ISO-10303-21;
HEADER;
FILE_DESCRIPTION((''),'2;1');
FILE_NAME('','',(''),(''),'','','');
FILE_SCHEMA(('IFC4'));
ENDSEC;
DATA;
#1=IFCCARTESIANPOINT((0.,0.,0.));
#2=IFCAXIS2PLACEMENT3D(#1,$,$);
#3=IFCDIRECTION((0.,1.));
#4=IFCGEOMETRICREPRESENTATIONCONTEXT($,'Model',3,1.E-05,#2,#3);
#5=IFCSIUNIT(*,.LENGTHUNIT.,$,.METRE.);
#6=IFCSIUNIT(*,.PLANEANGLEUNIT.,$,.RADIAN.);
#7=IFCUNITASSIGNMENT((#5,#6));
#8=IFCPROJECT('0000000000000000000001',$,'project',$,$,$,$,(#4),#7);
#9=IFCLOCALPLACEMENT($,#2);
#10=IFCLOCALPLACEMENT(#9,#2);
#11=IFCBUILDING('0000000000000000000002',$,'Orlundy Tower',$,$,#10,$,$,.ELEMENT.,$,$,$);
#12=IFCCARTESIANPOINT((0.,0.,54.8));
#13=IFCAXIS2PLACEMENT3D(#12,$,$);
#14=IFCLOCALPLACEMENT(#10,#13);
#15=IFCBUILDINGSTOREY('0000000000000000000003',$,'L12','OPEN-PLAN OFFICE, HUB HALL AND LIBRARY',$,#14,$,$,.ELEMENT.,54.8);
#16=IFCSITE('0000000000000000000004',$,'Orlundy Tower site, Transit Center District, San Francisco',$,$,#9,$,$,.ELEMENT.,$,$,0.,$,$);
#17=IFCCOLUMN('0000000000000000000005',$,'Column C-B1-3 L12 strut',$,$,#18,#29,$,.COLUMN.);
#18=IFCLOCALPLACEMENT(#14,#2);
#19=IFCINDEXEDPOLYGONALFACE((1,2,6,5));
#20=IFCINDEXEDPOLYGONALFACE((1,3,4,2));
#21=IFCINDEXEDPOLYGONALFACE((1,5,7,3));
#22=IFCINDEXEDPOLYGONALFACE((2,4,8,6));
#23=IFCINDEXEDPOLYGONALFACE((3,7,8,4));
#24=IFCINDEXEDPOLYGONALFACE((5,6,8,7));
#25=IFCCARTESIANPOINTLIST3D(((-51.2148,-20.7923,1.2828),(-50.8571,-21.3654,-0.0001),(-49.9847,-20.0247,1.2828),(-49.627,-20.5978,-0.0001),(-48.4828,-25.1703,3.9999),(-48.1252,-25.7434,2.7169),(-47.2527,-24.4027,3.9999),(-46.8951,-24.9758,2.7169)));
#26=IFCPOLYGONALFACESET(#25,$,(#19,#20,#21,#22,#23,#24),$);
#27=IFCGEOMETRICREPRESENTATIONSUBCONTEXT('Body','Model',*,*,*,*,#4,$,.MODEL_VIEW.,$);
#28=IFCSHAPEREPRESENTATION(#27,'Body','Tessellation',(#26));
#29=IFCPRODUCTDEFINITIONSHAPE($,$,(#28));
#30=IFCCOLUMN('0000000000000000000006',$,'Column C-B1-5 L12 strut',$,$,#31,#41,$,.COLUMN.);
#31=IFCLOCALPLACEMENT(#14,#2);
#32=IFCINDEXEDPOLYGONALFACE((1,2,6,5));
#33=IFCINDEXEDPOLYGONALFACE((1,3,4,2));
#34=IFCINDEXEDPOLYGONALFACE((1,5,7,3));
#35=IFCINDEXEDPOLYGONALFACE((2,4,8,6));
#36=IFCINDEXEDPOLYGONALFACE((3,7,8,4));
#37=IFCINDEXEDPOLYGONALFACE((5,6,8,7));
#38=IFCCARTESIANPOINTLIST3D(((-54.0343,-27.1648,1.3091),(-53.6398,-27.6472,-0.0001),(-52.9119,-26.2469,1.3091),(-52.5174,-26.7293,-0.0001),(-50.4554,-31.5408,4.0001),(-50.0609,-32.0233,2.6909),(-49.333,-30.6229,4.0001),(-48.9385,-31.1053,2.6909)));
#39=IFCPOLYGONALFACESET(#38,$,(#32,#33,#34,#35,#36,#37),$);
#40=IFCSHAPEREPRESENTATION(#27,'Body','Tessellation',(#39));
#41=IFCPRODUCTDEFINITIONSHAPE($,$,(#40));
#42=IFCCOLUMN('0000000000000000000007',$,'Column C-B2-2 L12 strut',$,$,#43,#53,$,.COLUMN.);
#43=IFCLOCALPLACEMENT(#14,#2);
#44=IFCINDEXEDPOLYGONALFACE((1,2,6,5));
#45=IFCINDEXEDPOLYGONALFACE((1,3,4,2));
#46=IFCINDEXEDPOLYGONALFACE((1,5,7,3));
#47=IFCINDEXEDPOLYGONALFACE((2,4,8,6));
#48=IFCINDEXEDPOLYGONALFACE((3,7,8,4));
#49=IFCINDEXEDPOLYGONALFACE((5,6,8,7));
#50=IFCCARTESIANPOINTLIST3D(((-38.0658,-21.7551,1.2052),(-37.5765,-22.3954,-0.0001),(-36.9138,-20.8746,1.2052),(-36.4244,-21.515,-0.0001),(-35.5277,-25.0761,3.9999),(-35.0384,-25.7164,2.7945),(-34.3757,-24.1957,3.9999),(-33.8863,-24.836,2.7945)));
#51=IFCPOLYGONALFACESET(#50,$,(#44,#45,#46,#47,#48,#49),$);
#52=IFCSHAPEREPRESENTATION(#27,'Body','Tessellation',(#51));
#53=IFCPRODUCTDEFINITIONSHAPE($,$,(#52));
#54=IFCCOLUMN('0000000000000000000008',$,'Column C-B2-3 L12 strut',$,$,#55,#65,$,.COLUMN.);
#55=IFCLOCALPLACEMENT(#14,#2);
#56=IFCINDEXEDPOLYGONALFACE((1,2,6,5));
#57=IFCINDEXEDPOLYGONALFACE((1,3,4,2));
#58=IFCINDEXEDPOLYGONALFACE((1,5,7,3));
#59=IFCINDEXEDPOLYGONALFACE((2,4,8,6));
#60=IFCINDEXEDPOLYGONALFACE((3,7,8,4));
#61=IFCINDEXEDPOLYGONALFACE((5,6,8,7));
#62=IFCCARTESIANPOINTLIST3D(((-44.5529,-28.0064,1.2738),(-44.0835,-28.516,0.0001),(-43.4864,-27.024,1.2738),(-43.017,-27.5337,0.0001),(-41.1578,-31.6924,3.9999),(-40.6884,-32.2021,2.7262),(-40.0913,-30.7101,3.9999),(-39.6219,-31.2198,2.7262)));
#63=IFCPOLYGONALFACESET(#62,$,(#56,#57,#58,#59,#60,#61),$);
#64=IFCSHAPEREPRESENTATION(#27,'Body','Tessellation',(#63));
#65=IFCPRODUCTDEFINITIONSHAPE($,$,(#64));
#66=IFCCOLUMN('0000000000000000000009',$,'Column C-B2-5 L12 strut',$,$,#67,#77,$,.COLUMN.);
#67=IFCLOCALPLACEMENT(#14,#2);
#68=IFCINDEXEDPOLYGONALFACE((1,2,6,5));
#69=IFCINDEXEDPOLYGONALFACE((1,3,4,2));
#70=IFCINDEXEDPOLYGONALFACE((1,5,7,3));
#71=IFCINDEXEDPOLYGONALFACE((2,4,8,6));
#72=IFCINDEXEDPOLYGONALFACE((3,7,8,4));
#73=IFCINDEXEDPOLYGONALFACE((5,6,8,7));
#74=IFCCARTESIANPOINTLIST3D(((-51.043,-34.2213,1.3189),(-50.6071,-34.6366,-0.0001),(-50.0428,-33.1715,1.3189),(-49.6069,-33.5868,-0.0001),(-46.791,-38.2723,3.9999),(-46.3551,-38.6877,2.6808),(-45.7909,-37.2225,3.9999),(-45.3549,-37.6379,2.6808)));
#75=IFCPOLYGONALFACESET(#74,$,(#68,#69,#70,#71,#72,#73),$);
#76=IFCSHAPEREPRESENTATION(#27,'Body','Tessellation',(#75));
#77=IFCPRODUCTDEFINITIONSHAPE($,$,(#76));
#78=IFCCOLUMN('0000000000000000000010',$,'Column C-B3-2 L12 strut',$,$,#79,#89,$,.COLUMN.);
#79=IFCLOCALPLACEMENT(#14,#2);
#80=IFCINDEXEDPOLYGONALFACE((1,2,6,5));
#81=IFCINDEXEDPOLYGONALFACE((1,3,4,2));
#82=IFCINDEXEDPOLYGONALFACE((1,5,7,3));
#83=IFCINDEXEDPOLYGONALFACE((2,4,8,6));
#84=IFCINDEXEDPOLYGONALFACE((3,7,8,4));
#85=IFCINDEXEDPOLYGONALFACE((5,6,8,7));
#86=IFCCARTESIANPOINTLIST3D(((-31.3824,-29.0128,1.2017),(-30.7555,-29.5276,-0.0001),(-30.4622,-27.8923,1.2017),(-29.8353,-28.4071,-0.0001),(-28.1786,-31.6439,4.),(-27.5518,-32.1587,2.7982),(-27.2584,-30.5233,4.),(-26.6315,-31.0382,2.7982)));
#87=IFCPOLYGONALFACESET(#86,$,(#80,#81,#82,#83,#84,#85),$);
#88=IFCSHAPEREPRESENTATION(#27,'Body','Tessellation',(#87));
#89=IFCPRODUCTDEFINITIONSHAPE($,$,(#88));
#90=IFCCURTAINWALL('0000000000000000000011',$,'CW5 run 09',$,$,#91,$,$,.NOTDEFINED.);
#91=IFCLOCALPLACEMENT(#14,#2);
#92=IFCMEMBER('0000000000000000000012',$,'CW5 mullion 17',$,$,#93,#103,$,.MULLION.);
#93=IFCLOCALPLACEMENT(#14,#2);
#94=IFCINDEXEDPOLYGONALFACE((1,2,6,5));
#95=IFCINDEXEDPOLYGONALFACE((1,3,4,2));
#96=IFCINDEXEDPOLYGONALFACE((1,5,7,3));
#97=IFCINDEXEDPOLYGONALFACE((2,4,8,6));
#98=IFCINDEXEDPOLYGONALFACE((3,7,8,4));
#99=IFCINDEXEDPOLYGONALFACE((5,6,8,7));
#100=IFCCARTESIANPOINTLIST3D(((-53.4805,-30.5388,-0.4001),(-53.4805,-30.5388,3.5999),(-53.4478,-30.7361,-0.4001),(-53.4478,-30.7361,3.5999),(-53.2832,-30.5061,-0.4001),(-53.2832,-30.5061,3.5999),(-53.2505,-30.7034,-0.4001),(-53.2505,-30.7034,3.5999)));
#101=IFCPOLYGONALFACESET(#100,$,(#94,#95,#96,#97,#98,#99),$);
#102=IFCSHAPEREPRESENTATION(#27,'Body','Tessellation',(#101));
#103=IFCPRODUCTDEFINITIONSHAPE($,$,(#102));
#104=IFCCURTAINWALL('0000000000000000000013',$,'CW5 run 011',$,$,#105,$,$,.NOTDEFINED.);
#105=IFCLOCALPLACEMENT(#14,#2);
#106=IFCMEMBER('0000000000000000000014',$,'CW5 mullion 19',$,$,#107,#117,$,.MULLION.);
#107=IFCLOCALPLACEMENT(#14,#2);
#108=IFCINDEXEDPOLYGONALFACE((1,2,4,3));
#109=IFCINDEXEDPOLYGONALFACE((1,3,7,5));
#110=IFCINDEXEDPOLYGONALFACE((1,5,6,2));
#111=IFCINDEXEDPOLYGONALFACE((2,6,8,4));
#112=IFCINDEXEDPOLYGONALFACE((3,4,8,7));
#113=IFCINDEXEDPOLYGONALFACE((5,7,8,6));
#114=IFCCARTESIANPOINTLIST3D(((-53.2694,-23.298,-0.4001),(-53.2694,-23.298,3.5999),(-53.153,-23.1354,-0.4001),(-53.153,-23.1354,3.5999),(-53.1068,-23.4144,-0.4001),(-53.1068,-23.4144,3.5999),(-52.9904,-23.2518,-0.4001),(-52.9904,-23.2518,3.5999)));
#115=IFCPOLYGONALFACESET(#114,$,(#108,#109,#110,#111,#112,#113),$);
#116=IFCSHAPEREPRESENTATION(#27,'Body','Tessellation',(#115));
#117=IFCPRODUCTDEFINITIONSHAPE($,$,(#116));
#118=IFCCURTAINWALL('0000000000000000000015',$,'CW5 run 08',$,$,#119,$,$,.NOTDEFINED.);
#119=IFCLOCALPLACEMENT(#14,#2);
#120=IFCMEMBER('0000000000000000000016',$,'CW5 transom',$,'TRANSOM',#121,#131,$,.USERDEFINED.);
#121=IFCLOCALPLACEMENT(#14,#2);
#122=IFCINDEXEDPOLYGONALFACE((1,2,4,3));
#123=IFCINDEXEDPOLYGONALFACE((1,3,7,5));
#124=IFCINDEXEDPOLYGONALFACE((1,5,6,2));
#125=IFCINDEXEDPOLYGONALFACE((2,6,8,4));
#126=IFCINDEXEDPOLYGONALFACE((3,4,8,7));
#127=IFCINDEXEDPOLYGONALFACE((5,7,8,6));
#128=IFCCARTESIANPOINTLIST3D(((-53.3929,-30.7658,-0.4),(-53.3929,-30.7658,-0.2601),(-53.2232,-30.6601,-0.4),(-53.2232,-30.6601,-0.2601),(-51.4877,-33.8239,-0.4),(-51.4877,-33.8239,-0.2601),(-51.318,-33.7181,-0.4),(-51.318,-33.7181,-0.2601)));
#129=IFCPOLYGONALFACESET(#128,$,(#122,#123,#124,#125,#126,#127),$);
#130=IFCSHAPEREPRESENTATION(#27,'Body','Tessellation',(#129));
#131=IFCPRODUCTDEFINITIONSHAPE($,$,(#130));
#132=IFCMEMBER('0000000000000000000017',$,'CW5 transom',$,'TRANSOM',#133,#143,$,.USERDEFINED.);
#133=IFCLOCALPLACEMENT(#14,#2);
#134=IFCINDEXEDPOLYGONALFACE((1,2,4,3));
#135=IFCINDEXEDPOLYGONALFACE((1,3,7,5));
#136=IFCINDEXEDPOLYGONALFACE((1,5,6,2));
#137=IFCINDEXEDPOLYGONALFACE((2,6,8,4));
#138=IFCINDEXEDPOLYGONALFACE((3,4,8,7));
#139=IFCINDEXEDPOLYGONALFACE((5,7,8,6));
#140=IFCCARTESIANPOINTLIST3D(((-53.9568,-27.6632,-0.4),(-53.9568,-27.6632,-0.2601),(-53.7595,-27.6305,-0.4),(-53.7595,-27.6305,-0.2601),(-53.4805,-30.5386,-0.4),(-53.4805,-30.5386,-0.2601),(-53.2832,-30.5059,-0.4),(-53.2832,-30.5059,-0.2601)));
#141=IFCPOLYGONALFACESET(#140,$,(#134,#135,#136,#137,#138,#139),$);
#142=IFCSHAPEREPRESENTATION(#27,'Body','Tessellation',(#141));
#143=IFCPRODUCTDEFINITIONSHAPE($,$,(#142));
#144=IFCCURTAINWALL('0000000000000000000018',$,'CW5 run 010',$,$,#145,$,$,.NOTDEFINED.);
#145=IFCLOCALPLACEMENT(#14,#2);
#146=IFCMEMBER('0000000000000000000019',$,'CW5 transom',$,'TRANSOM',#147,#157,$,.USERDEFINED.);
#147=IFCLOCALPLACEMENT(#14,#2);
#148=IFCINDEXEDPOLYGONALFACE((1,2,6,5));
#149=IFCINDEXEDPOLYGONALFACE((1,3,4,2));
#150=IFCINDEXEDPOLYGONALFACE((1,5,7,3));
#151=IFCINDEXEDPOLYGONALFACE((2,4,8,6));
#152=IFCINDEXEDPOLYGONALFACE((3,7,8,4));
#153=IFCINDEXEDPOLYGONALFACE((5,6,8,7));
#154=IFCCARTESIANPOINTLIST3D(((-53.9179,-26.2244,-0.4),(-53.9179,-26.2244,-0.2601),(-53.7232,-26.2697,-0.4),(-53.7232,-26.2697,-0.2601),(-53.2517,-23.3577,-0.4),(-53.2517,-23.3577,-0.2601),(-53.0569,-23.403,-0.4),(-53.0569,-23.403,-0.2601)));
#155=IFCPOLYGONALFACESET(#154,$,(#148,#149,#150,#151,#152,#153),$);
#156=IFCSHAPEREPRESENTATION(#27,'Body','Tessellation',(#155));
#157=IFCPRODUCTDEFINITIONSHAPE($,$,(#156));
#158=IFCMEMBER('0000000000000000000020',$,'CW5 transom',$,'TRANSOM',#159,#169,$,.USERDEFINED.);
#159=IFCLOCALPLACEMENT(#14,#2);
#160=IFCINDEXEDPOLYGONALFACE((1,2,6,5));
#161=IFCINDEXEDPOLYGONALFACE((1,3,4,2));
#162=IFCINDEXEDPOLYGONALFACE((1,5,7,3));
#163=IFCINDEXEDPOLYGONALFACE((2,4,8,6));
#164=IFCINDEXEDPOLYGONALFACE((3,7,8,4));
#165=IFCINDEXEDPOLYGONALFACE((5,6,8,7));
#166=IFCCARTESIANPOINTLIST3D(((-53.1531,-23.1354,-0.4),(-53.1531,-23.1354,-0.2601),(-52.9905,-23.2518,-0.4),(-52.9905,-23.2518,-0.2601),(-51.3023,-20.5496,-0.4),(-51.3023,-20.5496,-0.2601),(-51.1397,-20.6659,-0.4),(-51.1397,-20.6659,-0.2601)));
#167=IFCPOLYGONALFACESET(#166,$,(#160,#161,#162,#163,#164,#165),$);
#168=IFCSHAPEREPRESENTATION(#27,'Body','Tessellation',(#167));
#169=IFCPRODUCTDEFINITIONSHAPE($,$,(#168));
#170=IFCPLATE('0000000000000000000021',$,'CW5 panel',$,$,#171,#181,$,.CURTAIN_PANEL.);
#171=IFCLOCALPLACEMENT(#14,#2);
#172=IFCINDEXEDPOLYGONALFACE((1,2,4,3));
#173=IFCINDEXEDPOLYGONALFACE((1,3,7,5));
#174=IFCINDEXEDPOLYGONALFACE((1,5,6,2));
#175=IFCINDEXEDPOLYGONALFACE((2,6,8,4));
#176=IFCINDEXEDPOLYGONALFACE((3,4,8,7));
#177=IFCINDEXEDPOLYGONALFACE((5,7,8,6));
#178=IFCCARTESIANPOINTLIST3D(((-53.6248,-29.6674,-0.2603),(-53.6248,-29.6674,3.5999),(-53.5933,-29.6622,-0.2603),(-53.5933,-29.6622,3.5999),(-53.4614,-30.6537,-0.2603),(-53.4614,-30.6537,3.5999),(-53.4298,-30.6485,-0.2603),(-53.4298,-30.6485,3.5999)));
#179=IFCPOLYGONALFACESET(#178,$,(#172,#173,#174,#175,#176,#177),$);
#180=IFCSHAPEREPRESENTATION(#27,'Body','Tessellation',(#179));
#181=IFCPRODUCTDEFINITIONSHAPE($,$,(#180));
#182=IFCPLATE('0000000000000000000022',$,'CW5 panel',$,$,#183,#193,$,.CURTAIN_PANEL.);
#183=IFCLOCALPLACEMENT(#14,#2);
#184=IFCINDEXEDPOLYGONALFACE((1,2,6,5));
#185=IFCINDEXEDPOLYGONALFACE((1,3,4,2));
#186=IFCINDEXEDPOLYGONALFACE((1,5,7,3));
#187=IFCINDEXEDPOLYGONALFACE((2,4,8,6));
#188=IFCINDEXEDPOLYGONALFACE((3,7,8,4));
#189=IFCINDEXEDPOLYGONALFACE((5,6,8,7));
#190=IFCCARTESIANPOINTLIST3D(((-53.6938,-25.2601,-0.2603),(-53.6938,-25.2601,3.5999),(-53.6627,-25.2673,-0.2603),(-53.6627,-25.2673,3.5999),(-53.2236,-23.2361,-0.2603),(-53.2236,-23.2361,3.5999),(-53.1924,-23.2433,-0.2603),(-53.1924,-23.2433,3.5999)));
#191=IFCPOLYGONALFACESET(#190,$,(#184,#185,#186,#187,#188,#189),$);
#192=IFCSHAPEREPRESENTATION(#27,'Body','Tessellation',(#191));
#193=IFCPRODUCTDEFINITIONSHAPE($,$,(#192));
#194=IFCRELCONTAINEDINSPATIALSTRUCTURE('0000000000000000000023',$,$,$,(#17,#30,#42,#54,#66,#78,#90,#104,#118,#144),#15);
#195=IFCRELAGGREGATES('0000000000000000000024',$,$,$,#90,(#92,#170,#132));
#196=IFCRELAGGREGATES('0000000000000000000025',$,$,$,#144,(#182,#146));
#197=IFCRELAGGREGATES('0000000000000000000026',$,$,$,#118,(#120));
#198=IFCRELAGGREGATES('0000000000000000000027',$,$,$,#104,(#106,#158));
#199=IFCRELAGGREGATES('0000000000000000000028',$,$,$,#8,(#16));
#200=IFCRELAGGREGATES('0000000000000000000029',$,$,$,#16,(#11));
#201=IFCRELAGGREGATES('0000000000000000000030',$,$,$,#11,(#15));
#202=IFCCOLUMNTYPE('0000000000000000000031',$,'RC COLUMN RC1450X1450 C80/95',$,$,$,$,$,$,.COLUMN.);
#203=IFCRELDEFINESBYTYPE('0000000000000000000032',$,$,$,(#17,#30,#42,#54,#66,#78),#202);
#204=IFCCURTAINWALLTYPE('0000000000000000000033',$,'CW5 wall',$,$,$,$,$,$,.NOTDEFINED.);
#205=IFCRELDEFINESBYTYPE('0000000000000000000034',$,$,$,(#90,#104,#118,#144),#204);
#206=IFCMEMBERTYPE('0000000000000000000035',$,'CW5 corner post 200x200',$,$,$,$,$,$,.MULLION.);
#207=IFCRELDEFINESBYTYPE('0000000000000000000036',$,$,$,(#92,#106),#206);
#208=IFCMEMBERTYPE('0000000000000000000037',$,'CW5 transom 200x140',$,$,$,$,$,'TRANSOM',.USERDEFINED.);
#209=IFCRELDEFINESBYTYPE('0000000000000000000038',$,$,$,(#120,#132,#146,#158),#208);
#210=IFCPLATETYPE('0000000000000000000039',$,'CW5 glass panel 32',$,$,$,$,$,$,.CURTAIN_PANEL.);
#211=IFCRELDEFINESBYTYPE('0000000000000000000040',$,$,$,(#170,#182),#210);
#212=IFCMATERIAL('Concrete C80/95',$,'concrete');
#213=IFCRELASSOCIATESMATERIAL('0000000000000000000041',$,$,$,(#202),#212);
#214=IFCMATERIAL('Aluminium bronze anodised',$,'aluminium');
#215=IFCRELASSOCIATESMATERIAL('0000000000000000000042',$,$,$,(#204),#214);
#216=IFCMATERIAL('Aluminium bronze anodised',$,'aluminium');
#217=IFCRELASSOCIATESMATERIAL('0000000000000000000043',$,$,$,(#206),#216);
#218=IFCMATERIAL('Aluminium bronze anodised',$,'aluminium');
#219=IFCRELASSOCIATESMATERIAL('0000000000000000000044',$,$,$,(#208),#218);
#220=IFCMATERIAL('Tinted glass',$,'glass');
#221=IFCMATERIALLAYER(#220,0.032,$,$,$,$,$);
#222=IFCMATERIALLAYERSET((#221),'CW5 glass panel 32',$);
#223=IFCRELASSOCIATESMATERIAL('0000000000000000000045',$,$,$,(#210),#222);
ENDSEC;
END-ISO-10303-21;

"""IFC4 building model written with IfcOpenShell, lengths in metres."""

from ifc_helpers import new_model, si_unit, direction, frame, origin, origin_2d, place, context, subcontext, project, spatial, rectangle, extrude, material, layer, layer_set, material_profile, profile_set, type_object, element, aggregate, save


model = new_model("IFC4")

# Units and contexts
model_context = context("Model", 3, precision=1e-05, world=origin(), true_north=direction((0.0, 1.0)))
body_context = subcontext(model_context, "Body", "Model", "MODEL_VIEW")
ifc_project = project(units=[si_unit("LENGTHUNIT", "METRE"), si_unit("PLANEANGLEUNIT", "RADIAN")], contexts=[model_context])

# Site, building, storey
site_placement = place(None, origin())
site = spatial("IfcSite", under=ifc_project, at=site_placement, Name="Orlundy Tower site, Transit Center District, San Francisco", CompositionType="ELEMENT", RefElevation=0.0)
building_placement = place(site_placement, origin())
building = spatial("IfcBuilding", under=site, at=building_placement, Name="Orlundy Tower", CompositionType="ELEMENT")
storey_placement = place(building_placement, frame((0.0, 0.0, 54.8)))
storey = spatial("IfcBuildingStorey", under=building, at=storey_placement, Name="L12", Description="OPEN-PLAN OFFICE, HUB HALL AND LIBRARY", CompositionType="ELEMENT", Elevation=54.8)

# Columns
ifc_material_1 = material(Name="Concrete C80/95", Category="concrete")
ifc_material_profile_1 = material_profile(ifc_material_1, rectangle(XDim=1.45, YDim=1.45, at=origin_2d()), Name="RC1450X1450")
ifc_profile_set_1 = profile_set([ifc_material_profile_1], Name="Concrete C80/95")
column_type = type_object("IfcColumnType", Name="RC COLUMN RC1450X1450 C80/95", PredefinedType="COLUMN", material=ifc_profile_set_1)
column_1_placement = place(storey_placement, frame((-50.4209, -20.6951, 0.6414), z_axis=(0.46844, -0.750676, 0.465886), x_axis=(0.84837, 0.529403, 0.0)))
element("IfcColumn", 1, at=column_1_placement, inside=storey, type_object=column_type, Name="Column C-B1-3 L12 strut", PredefinedType="COLUMN", context=body_context, shape_type="SweptSolid", body=[
    extrude(rectangle(XDim=1.45, YDim=1.45, at=origin_2d()), origin(), (0.0, 0.0, 1.0), 5.832),
])
column_2_placement = place(storey_placement, frame((-53.2759, -26.947, 0.6545), z_axis=(0.571623, -0.698941, 0.4298), x_axis=(0.774086, 0.63308, 0.0)))
element("IfcColumn", 2, at=column_2_placement, inside=storey, type_object=column_type, Name="Column C-B1-5 L12 strut", PredefinedType="COLUMN", context=body_context, shape_type="SweptSolid", body=[
    extrude(rectangle(XDim=1.45, YDim=1.45, at=origin_2d()), origin(), (0.0, 0.0, 1.0), 6.261),
])
column_3_placement = place(storey_placement, frame((-37.2451, -21.635, 0.6025), z_axis=(0.504784, -0.660502, 0.555816), x_axis=(0.794535, 0.607218, 0.0)))
element("IfcColumn", 3, at=column_3_placement, inside=storey, type_object=column_type, Name="Column C-B2-2 L12 strut", PredefinedType="COLUMN", context=body_context, shape_type="SweptSolid", body=[
    extrude(rectangle(XDim=1.45, YDim=1.45, at=origin_2d()), origin(), (0.0, 0.0, 1.0), 5.0281),
])
column_4_placement = place(storey_placement, frame((-43.7849, -27.77, 0.637), z_axis=(0.595119, -0.646131, 0.477858), x_axis=(0.735546, 0.677474, 0.0)))
element("IfcColumn", 4, at=column_4_placement, inside=storey, type_object=column_type, Name="Column C-B2-3 L12 strut", PredefinedType="COLUMN", context=body_context, shape_type="SweptSolid", body=[
    extrude(rectangle(XDim=1.45, YDim=1.45, at=origin_2d()), origin(), (0.0, 0.0, 1.0), 5.7048),
])
column_5_placement = place(storey_placement, frame((-50.325, -33.9041, 0.6594), z_axis=(0.658627, -0.627503, 0.415272), x_axis=(0.689793, 0.724006, 0.0)))
element("IfcColumn", 5, at=column_5_placement, inside=storey, type_object=column_type, Name="Column C-B2-5 L12 strut", PredefinedType="COLUMN", context=body_context, shape_type="SweptSolid", body=[
    extrude(rectangle(XDim=1.45, YDim=1.45, at=origin_2d()), origin(), (0.0, 0.0, 1.0), 6.4558),
])
column_6_placement = place(storey_placement, frame((-30.6089, -28.71, 0.6008), z_axis=(0.640539, -0.52603, 0.559465), x_axis=(0.634648, 0.772802, 0.0)))
element("IfcColumn", 6, at=column_6_placement, inside=storey, type_object=column_type, Name="Column C-B3-2 L12 strut", PredefinedType="COLUMN", context=body_context, shape_type="SweptSolid", body=[
    extrude(rectangle(XDim=1.45, YDim=1.45, at=origin_2d()), origin(), (0.0, 0.0, 1.0), 5.0017),
])

# Curtain walls, members
ifc_material_2 = material(Name="Aluminium bronze anodised", Category="aluminium")
curtain_wall_type = type_object("IfcCurtainWallType", Name="CW5 wall", PredefinedType="NOTDEFINED", material=ifc_material_2)
curtain_wall_1_placement = place(storey_placement, origin())
curtain_wall_1 = element("IfcCurtainWall", 7, at=curtain_wall_1_placement, inside=storey, type_object=curtain_wall_type, Name="CW5 run 09", PredefinedType="NOTDEFINED")
ifc_material_3 = material(Name="Aluminium bronze anodised", Category="aluminium")
ifc_material_profile_2 = material_profile(ifc_material_3, rectangle(XDim=0.2, YDim=0.2, at=origin_2d()), Name="CW5 corner post 200x200")
ifc_profile_set_2 = profile_set([ifc_material_profile_2], Name="Aluminium bronze anodised")
member_type_1 = type_object("IfcMemberType", Name="CW5 corner post 200x200", PredefinedType="MULLION", material=ifc_profile_set_2)
member_1_placement = place(storey_placement, frame((-53.3655, -30.6211, -0.4001), z_axis=(0.0, 0.0, 1.0), x_axis=(-0.986547, -0.16348, 0.0)))
member_1 = element("IfcMember", 8, at=member_1_placement, type_object=member_type_1, Name="CW5 mullion 17", PredefinedType="MULLION", context=body_context, shape_type="SweptSolid", body=[
    extrude(rectangle(XDim=0.2, YDim=0.2, at=origin_2d()), origin(), (0.0, 0.0, 1.0), 4.0),
])
curtain_wall_2_placement = place(storey_placement, origin())
curtain_wall_2 = element("IfcCurtainWall", 9, at=curtain_wall_2_placement, inside=storey, type_object=curtain_wall_type, Name="CW5 run 011", PredefinedType="NOTDEFINED")
member_2_placement = place(storey_placement, frame((-53.1299, -23.2749, -0.4001), z_axis=(0.0, 0.0, 1.0), x_axis=(-0.813204, 0.581978, 0.0)))
member_2 = element("IfcMember", 10, at=member_2_placement, type_object=member_type_1, Name="CW5 mullion 19", PredefinedType="MULLION", context=body_context, shape_type="SweptSolid", body=[
    extrude(rectangle(XDim=0.2, YDim=0.2, at=origin_2d()), origin(), (0.0, 0.0, 1.0), 4.0),
])
curtain_wall_3_placement = place(storey_placement, origin())
curtain_wall_3 = element("IfcCurtainWall", 11, at=curtain_wall_3_placement, inside=storey, type_object=curtain_wall_type, Name="CW5 run 08", PredefinedType="NOTDEFINED")
ifc_material_4 = material(Name="Aluminium bronze anodised", Category="aluminium")
ifc_material_profile_3 = material_profile(ifc_material_4, rectangle(XDim=0.2, YDim=0.1399, at=origin_2d()), Name="CW5 transom 200x140")
ifc_profile_set_3 = profile_set([ifc_material_profile_3], Name="Aluminium bronze anodised")
member_type_2 = type_object("IfcMemberType", Name="CW5 transom 200x140", ElementType="TRANSOM", PredefinedType="USERDEFINED", material=ifc_profile_set_3)
member_3_placement = place(storey_placement, frame((-51.4028, -33.771, -0.3301), z_axis=(-0.528792, 0.848751, 0.0), x_axis=(-0.848751, -0.528792, 0.0)))
member_3 = element("IfcMember", 12, at=member_3_placement, type_object=member_type_2, Name="CW5 transom", ObjectType="TRANSOM", PredefinedType="USERDEFINED", context=body_context, shape_type="SweptSolid", body=[
    extrude(rectangle(XDim=0.2, YDim=0.1399, at=origin_2d()), origin(), (0.0, 0.0, 1.0), 3.603),
])

# Member
member_4_placement = place(storey_placement, frame((-53.3818, -30.5222, -0.3301), z_axis=(-0.163434, 0.986554, 0.0), x_axis=(-0.986554, -0.163434, 0.0)))
member_4 = element("IfcMember", 13, at=member_4_placement, type_object=member_type_2, Name="CW5 transom", ObjectType="TRANSOM", PredefinedType="USERDEFINED", context=body_context, shape_type="SweptSolid", body=[
    extrude(rectangle(XDim=0.2, YDim=0.1399, at=origin_2d()), origin(), (0.0, 0.0, 1.0), 2.9146),
])

# Curtain wall, member
curtain_wall_4_placement = place(storey_placement, origin())
curtain_wall_4 = element("IfcCurtainWall", 14, at=curtain_wall_4_placement, inside=storey, type_object=curtain_wall_type, Name="CW5 run 010", PredefinedType="NOTDEFINED")
member_5_placement = place(storey_placement, frame((-53.8206, -26.2471, -0.3301), z_axis=(0.22638, 0.974039, 0.0), x_axis=(-0.974039, 0.22638, 0.0)))
member_5 = element("IfcMember", 15, at=member_5_placement, type_object=member_type_2, Name="CW5 transom", ObjectType="TRANSOM", PredefinedType="USERDEFINED", context=body_context, shape_type="SweptSolid", body=[
    extrude(rectangle(XDim=0.2, YDim=0.1399, at=origin_2d()), origin(), (0.0, 0.0, 1.0), 2.9431),
])

# Member
member_6_placement = place(storey_placement, frame((-53.0718, -23.1936, -0.3301), z_axis=(0.582015, 0.813178, 0.0), x_axis=(-0.813178, 0.582015, 0.0)))
member_6 = element("IfcMember", 16, at=member_6_placement, type_object=member_type_2, Name="CW5 transom", ObjectType="TRANSOM", PredefinedType="USERDEFINED", context=body_context, shape_type="SweptSolid", body=[
    extrude(rectangle(XDim=0.2, YDim=0.1399, at=origin_2d()), origin(), (0.0, 0.0, 1.0), 3.1799),
])

# Plates
ifc_material_5 = material(Name="Tinted glass", Category="glass")
ifc_layer_1 = layer(ifc_material_5, 0.032)
ifc_layer_set_1 = layer_set([ifc_layer_1], Name="CW5 glass panel 32")
plate_type_1 = type_object("IfcPlateType", Name="CW5 glass panel 32", PredefinedType="CURTAIN_PANEL", material=ifc_layer_set_1)
plate_1_placement = place(storey_placement, frame((-53.5273, -30.158, -0.2603), z_axis=(0.0, 0.0, 1.0), x_axis=(-0.16348, 0.986547, 0.0)))
plate_1 = element("IfcPlate", 17, at=plate_1_placement, type_object=plate_type_1, Name="CW5 panel", PredefinedType="CURTAIN_PANEL", context=body_context, shape_type="SweptSolid", body=[
    extrude(rectangle(XDim=0.9998, YDim=0.032, at=origin_2d()), origin(), (0.0, 0.0, 1.0), 3.8601),
])
aggregate(curtain_wall_1, [member_1, plate_1, member_4])
plate_2_placement = place(storey_placement, frame((-53.4431, -24.2517, -0.2603), z_axis=(0.0, 0.0, 1.0), x_axis=(0.226317, 0.974054, 0.0)))
plate_2 = element("IfcPlate", 18, at=plate_2_placement, type_object=plate_type_1, Name="CW5 panel", PredefinedType="CURTAIN_PANEL", context=body_context, shape_type="SweptSolid", body=[
    extrude(rectangle(XDim=2.0779, YDim=0.032, at=origin_2d()), origin(), (0.0, 0.0, 1.0), 3.8601),
])
aggregate(curtain_wall_4, [plate_2, member_5])
aggregate(curtain_wall_3, [member_3])
aggregate(curtain_wall_2, [member_2, member_6])

save(model, "model.ifc")
